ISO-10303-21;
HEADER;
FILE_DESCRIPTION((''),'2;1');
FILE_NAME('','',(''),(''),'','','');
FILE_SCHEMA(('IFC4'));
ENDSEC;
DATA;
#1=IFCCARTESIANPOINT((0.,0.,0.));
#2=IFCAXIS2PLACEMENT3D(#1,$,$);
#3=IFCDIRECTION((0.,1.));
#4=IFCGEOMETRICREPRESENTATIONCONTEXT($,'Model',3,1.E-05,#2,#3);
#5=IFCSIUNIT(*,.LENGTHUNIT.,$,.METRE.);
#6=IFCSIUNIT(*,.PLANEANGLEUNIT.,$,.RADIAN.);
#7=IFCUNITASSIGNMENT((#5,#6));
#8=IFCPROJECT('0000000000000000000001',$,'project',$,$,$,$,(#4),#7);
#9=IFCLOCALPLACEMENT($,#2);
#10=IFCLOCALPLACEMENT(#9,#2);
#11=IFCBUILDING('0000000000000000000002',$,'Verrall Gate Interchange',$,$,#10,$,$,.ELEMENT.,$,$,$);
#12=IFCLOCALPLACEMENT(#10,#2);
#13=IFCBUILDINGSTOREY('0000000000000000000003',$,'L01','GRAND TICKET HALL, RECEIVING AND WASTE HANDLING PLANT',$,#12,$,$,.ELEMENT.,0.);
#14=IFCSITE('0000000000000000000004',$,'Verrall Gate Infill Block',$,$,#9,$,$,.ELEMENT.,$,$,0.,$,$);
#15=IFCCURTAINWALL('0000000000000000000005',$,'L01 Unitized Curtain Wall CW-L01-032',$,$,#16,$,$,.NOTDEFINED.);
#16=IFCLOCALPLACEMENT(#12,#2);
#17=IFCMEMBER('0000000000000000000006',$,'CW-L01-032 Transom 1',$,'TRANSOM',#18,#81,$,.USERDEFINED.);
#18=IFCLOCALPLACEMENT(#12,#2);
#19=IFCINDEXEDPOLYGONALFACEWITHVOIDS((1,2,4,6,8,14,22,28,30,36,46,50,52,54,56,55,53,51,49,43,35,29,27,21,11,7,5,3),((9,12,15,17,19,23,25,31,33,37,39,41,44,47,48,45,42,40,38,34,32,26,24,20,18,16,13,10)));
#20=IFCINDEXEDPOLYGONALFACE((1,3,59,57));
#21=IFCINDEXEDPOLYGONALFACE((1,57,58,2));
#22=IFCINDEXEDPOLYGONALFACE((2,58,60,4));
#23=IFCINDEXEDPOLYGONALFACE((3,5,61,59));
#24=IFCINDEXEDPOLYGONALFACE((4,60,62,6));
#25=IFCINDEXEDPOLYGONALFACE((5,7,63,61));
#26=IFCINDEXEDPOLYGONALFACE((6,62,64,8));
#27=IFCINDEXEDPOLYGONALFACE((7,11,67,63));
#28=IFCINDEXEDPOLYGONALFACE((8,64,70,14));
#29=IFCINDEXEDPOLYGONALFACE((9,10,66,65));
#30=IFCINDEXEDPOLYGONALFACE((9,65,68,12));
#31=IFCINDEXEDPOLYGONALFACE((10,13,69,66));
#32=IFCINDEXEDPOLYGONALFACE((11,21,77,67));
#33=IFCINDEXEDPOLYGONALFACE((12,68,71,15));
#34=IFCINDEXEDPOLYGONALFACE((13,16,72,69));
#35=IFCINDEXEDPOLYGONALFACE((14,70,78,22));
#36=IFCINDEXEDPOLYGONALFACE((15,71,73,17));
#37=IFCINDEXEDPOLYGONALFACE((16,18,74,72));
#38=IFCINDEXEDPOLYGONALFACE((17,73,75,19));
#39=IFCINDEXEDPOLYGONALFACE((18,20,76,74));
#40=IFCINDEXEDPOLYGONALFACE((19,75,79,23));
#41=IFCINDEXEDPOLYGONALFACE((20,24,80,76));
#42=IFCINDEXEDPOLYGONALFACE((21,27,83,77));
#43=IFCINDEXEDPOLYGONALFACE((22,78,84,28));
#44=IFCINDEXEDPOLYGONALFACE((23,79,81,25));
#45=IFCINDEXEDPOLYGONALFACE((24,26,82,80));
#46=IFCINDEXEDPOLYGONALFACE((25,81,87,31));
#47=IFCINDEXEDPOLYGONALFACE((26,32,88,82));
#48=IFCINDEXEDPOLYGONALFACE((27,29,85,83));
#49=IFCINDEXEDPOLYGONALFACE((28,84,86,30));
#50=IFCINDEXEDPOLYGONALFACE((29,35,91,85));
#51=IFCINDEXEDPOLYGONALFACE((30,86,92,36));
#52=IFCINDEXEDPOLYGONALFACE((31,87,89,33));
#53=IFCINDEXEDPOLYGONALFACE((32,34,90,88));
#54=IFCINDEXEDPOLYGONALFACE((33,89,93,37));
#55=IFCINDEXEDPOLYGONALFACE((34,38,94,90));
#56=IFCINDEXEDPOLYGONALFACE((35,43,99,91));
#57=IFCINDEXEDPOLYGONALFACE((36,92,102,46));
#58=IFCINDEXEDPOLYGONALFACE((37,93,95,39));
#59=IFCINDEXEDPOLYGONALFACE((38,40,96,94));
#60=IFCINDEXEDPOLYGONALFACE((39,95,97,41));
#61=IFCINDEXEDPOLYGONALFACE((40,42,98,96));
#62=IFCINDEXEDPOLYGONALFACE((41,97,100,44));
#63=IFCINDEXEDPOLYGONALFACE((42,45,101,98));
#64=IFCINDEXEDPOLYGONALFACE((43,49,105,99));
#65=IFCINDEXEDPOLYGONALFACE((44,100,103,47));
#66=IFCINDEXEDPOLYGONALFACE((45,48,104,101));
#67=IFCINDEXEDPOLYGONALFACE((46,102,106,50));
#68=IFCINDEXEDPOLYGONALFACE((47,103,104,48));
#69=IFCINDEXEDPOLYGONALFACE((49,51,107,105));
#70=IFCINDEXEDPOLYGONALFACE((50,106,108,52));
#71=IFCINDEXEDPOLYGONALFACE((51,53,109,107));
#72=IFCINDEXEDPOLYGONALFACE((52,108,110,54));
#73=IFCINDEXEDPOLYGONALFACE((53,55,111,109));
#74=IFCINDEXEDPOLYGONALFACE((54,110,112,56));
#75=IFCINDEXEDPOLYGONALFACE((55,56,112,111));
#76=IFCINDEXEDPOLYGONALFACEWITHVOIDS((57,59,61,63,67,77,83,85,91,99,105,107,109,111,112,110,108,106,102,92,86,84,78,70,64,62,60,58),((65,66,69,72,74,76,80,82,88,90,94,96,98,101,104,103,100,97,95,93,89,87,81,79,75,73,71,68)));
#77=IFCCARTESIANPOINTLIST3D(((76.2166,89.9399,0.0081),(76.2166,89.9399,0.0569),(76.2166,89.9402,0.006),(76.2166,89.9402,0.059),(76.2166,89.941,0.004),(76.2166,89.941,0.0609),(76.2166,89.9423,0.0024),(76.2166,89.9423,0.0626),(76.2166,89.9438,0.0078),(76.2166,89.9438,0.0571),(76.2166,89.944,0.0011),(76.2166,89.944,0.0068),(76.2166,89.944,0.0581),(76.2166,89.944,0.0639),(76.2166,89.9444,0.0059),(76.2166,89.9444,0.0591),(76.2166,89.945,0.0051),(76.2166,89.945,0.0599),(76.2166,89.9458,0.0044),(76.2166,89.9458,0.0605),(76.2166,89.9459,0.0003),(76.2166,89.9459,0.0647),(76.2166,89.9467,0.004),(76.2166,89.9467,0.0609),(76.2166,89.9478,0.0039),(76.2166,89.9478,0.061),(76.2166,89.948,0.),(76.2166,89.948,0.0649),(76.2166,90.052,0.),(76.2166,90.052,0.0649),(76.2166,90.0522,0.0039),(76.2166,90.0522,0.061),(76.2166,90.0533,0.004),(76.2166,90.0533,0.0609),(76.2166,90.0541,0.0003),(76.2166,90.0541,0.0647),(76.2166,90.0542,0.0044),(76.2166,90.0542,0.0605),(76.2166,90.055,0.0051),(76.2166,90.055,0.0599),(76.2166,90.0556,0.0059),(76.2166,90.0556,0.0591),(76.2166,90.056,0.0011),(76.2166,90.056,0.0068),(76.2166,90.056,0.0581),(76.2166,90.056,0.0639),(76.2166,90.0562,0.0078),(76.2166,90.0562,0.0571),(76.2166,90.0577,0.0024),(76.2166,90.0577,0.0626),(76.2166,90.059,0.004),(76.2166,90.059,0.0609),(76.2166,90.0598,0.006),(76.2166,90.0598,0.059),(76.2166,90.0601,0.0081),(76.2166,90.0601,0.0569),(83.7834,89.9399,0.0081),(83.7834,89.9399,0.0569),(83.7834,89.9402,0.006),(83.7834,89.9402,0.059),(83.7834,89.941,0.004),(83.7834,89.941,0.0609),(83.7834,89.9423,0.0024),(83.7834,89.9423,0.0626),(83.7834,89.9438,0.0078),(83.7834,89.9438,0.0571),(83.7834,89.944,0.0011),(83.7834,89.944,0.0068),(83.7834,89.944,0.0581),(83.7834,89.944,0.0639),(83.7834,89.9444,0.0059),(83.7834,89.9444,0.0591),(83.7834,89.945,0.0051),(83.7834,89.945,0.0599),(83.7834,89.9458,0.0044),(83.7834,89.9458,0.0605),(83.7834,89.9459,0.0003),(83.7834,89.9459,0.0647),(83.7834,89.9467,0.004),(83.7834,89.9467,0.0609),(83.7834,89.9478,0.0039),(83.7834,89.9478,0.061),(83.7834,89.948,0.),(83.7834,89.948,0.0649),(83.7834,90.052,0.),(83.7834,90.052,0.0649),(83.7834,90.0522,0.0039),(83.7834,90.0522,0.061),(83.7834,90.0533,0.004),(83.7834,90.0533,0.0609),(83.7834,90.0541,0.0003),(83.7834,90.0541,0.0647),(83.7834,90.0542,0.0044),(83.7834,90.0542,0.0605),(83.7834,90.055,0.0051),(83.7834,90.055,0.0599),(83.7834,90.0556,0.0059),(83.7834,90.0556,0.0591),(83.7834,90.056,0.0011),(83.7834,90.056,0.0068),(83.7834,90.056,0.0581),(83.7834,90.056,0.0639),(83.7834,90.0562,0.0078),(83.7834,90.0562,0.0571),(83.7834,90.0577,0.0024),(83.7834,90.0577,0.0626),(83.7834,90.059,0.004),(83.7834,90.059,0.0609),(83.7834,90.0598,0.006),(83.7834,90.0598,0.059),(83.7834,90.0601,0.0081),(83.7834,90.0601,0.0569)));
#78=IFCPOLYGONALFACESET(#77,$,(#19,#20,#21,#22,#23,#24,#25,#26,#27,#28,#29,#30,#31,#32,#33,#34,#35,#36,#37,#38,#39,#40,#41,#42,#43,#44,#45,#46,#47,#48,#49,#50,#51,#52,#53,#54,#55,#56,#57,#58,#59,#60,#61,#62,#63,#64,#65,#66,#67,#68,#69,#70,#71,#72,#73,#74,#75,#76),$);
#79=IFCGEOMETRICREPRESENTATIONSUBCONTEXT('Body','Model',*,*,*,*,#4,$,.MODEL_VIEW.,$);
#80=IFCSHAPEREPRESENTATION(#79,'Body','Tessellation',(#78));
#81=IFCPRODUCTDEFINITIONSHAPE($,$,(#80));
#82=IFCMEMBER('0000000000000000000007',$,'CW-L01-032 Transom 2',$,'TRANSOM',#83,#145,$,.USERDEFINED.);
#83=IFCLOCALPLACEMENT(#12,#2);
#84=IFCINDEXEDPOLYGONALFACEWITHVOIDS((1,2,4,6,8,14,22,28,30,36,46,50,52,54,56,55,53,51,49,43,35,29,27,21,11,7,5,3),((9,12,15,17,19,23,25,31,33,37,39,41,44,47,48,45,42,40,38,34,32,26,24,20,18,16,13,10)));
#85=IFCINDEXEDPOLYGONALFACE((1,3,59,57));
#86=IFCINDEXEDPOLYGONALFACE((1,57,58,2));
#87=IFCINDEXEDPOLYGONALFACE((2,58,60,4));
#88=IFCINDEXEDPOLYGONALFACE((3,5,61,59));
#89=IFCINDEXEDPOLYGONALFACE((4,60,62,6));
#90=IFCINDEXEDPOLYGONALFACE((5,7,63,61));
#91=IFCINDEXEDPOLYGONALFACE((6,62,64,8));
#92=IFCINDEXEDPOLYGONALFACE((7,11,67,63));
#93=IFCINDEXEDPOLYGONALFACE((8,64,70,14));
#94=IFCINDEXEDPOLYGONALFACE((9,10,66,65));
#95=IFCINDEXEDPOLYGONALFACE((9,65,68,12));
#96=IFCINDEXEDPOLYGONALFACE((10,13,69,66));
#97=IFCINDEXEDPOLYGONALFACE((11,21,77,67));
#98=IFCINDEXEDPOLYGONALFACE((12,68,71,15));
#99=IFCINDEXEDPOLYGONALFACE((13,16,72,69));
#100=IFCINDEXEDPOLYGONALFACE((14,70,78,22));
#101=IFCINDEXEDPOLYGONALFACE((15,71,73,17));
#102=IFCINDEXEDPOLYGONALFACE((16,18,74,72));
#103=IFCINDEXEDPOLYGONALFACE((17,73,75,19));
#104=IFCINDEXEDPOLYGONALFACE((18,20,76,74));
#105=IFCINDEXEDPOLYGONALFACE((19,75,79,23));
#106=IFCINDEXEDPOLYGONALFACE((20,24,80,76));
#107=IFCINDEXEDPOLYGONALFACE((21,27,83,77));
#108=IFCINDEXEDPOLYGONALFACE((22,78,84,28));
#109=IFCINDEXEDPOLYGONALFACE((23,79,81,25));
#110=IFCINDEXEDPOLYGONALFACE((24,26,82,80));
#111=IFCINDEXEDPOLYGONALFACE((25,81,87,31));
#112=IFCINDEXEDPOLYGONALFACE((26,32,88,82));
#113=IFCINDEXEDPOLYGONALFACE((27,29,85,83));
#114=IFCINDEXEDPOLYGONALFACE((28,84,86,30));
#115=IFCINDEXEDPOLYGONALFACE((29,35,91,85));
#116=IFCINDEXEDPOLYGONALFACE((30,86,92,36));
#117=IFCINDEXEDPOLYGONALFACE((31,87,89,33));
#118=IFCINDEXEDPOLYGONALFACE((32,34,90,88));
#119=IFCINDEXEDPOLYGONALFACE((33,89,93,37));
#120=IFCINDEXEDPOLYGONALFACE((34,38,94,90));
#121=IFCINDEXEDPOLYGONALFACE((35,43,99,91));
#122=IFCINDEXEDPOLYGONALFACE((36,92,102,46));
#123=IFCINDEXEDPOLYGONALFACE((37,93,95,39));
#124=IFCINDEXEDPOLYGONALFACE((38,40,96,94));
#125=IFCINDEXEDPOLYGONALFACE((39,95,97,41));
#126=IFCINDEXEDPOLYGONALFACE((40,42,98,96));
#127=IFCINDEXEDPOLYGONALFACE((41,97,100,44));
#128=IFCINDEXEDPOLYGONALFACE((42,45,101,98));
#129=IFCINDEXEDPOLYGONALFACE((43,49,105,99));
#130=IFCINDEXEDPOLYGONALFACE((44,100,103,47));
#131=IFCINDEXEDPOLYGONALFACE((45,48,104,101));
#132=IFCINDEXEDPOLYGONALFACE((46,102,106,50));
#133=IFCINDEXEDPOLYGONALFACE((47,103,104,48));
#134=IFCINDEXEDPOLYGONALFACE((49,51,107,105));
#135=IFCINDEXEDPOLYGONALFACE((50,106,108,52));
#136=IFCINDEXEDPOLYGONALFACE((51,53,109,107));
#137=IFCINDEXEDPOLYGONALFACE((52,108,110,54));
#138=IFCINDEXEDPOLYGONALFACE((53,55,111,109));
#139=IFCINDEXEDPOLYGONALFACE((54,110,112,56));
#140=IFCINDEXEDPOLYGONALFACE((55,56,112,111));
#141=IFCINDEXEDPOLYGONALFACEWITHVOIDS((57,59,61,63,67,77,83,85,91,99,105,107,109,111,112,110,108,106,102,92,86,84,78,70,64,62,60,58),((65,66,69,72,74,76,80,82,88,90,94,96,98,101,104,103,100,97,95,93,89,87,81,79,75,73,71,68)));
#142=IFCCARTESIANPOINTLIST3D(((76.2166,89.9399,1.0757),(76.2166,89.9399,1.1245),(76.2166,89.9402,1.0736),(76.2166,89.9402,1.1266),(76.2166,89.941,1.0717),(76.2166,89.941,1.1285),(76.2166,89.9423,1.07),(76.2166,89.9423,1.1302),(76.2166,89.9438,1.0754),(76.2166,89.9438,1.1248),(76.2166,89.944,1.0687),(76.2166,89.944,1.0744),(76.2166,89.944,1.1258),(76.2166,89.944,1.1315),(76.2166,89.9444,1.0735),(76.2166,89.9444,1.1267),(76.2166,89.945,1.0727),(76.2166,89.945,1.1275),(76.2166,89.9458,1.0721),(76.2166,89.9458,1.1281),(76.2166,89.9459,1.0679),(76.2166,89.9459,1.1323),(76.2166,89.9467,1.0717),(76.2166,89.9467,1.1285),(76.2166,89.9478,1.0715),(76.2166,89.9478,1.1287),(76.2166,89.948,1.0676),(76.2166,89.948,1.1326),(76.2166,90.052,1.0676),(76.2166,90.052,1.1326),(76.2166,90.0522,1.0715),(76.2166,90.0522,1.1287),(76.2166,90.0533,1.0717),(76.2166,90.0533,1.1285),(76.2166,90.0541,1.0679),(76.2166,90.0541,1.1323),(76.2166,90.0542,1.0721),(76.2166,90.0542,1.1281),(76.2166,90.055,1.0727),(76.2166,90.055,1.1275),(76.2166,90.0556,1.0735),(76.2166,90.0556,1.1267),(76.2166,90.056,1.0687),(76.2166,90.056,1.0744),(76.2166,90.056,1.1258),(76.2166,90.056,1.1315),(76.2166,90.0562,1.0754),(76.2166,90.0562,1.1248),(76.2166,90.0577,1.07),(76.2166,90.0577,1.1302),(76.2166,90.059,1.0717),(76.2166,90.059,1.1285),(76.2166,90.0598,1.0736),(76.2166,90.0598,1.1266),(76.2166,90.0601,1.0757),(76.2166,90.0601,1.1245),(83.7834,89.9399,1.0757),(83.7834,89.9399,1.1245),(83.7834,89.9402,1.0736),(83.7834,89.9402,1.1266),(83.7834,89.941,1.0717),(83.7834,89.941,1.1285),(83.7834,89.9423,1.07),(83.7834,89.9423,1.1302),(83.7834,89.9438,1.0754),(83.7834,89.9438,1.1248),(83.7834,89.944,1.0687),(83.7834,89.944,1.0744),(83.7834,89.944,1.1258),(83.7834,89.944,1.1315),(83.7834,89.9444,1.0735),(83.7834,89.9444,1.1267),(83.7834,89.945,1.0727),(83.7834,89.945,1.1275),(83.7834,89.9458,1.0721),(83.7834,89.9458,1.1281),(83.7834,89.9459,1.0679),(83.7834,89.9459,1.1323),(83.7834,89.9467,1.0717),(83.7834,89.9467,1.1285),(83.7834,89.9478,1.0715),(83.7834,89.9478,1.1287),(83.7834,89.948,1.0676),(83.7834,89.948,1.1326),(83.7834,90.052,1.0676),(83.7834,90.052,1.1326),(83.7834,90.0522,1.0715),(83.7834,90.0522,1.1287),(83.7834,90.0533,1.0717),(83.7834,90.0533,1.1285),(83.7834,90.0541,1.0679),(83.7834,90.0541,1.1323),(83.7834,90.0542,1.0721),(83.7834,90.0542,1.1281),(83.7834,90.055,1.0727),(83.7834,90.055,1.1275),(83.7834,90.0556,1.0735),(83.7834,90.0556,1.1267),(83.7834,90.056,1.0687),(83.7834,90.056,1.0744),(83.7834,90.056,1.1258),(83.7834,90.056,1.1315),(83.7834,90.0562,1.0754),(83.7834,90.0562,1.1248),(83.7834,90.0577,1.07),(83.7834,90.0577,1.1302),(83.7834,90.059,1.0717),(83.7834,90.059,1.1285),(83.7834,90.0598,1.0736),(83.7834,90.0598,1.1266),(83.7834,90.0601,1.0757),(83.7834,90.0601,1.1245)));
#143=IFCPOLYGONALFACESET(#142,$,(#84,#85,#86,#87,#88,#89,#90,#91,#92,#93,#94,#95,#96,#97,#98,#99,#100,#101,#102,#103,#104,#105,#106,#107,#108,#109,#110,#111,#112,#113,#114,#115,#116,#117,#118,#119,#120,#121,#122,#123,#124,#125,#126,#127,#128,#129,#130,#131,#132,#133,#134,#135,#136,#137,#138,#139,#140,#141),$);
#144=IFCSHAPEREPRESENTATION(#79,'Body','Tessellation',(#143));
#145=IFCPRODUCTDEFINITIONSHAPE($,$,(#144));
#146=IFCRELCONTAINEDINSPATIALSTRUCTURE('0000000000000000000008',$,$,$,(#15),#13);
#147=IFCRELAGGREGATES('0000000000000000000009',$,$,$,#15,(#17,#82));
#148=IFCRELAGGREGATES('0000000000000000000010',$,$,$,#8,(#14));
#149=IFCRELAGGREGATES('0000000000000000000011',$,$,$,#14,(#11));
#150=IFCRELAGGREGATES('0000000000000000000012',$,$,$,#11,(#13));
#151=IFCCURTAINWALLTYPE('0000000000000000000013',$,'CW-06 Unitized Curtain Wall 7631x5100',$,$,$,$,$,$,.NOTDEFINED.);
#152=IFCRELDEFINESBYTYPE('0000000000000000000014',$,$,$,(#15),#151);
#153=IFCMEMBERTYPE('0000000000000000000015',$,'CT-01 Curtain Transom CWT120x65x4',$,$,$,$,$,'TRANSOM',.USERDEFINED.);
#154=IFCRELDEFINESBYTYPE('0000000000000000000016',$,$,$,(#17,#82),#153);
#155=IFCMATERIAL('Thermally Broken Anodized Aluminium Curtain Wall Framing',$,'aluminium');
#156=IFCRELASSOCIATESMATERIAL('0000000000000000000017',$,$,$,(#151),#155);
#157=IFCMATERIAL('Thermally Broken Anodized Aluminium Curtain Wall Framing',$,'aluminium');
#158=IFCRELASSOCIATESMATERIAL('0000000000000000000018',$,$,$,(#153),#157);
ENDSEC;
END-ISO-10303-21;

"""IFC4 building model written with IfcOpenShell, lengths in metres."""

from ifc_helpers import new_model, si_unit, direction, frame, origin, origin_2d, place, context, subcontext, project, spatial, hollow_rectangle, extrude, material, material_profile, profile_set, type_object, element, aggregate, save


model = new_model("IFC4")

# Units and contexts
model_context = context("Model", 3, precision=1e-05, world=origin(), true_north=direction((0.0, 1.0)))
body_context = subcontext(model_context, "Body", "Model", "MODEL_VIEW")
ifc_project = project(units=[si_unit("LENGTHUNIT", "METRE"), si_unit("PLANEANGLEUNIT", "RADIAN")], contexts=[model_context])

# Site, building, storey
site_placement = place(None, origin())
site = spatial("IfcSite", under=ifc_project, at=site_placement, Name="Verrall Gate Infill Block", CompositionType="ELEMENT", RefElevation=0.0)
building_placement = place(site_placement, origin())
building = spatial("IfcBuilding", under=site, at=building_placement, Name="Verrall Gate Interchange", CompositionType="ELEMENT")
storey_placement = place(building_placement, origin())
storey = spatial("IfcBuildingStorey", under=building, at=storey_placement, Name="L01", Description="GRAND TICKET HALL, RECEIVING AND WASTE HANDLING PLANT", CompositionType="ELEMENT", Elevation=0.0)

# Curtain wall, members
ifc_material_1 = material(Name="Thermally Broken Anodized Aluminium Curtain Wall Framing", Category="aluminium")
curtain_wall_type = type_object("IfcCurtainWallType", Name="CW-06 Unitized Curtain Wall 7631x5100", PredefinedType="NOTDEFINED", material=ifc_material_1)
curtain_wall_placement = place(storey_placement, origin())
curtain_wall = element("IfcCurtainWall", 1, at=curtain_wall_placement, inside=storey, type_object=curtain_wall_type, Name="L01 Unitized Curtain Wall CW-L01-032", PredefinedType="NOTDEFINED")
ifc_material_2 = material(Name="Thermally Broken Anodized Aluminium Curtain Wall Framing", Category="aluminium")
ifc_material_profile_1 = material_profile(ifc_material_2, hollow_rectangle(XDim=0.1201, YDim=0.0649, WallThickness=0.0039, InnerFilletRadius=0.0039, OuterFilletRadius=0.0081, at=origin_2d()), Name="CWT120x65x4")
ifc_profile_set_1 = profile_set([ifc_material_profile_1], Name="Thermally Broken Anodized Aluminium Curtain Wall Framing")
member_type_1 = type_object("IfcMemberType", Name="CT-01 Curtain Transom CWT120x65x4", ElementType="TRANSOM", PredefinedType="USERDEFINED", material=ifc_profile_set_1)
member_1_placement = place(storey_placement, frame((83.7834, 90.0, 0.0325), z_axis=(-1.0, 0.0, 0.0), x_axis=(0.0, -1.0, 0.0)))
member_1 = element("IfcMember", 2, at=member_1_placement, type_object=member_type_1, Name="CW-L01-032 Transom 1", ObjectType="TRANSOM", PredefinedType="USERDEFINED", context=body_context, shape_type="SweptSolid", body=[
    extrude(hollow_rectangle(XDim=0.1201, YDim=0.0649, WallThickness=0.0039, InnerFilletRadius=0.0039, OuterFilletRadius=0.0081, at=origin_2d()), origin(), (0.0, 0.0, 1.0), 7.5669),
])
member_2_placement = place(storey_placement, frame((83.7834, 90.0, 1.1001), z_axis=(-1.0, 0.0, 0.0), x_axis=(0.0, -1.0, 0.0)))
member_2 = element("IfcMember", 3, at=member_2_placement, type_object=member_type_1, Name="CW-L01-032 Transom 2", ObjectType="TRANSOM", PredefinedType="USERDEFINED", context=body_context, shape_type="SweptSolid", body=[
    extrude(hollow_rectangle(XDim=0.1201, YDim=0.0649, WallThickness=0.0039, InnerFilletRadius=0.0039, OuterFilletRadius=0.0081, at=origin_2d()), origin(), (0.0, 0.0, 1.0), 7.5669),
])

aggregate(curtain_wall, [member_1, member_2])

save(model, "model.ifc")
